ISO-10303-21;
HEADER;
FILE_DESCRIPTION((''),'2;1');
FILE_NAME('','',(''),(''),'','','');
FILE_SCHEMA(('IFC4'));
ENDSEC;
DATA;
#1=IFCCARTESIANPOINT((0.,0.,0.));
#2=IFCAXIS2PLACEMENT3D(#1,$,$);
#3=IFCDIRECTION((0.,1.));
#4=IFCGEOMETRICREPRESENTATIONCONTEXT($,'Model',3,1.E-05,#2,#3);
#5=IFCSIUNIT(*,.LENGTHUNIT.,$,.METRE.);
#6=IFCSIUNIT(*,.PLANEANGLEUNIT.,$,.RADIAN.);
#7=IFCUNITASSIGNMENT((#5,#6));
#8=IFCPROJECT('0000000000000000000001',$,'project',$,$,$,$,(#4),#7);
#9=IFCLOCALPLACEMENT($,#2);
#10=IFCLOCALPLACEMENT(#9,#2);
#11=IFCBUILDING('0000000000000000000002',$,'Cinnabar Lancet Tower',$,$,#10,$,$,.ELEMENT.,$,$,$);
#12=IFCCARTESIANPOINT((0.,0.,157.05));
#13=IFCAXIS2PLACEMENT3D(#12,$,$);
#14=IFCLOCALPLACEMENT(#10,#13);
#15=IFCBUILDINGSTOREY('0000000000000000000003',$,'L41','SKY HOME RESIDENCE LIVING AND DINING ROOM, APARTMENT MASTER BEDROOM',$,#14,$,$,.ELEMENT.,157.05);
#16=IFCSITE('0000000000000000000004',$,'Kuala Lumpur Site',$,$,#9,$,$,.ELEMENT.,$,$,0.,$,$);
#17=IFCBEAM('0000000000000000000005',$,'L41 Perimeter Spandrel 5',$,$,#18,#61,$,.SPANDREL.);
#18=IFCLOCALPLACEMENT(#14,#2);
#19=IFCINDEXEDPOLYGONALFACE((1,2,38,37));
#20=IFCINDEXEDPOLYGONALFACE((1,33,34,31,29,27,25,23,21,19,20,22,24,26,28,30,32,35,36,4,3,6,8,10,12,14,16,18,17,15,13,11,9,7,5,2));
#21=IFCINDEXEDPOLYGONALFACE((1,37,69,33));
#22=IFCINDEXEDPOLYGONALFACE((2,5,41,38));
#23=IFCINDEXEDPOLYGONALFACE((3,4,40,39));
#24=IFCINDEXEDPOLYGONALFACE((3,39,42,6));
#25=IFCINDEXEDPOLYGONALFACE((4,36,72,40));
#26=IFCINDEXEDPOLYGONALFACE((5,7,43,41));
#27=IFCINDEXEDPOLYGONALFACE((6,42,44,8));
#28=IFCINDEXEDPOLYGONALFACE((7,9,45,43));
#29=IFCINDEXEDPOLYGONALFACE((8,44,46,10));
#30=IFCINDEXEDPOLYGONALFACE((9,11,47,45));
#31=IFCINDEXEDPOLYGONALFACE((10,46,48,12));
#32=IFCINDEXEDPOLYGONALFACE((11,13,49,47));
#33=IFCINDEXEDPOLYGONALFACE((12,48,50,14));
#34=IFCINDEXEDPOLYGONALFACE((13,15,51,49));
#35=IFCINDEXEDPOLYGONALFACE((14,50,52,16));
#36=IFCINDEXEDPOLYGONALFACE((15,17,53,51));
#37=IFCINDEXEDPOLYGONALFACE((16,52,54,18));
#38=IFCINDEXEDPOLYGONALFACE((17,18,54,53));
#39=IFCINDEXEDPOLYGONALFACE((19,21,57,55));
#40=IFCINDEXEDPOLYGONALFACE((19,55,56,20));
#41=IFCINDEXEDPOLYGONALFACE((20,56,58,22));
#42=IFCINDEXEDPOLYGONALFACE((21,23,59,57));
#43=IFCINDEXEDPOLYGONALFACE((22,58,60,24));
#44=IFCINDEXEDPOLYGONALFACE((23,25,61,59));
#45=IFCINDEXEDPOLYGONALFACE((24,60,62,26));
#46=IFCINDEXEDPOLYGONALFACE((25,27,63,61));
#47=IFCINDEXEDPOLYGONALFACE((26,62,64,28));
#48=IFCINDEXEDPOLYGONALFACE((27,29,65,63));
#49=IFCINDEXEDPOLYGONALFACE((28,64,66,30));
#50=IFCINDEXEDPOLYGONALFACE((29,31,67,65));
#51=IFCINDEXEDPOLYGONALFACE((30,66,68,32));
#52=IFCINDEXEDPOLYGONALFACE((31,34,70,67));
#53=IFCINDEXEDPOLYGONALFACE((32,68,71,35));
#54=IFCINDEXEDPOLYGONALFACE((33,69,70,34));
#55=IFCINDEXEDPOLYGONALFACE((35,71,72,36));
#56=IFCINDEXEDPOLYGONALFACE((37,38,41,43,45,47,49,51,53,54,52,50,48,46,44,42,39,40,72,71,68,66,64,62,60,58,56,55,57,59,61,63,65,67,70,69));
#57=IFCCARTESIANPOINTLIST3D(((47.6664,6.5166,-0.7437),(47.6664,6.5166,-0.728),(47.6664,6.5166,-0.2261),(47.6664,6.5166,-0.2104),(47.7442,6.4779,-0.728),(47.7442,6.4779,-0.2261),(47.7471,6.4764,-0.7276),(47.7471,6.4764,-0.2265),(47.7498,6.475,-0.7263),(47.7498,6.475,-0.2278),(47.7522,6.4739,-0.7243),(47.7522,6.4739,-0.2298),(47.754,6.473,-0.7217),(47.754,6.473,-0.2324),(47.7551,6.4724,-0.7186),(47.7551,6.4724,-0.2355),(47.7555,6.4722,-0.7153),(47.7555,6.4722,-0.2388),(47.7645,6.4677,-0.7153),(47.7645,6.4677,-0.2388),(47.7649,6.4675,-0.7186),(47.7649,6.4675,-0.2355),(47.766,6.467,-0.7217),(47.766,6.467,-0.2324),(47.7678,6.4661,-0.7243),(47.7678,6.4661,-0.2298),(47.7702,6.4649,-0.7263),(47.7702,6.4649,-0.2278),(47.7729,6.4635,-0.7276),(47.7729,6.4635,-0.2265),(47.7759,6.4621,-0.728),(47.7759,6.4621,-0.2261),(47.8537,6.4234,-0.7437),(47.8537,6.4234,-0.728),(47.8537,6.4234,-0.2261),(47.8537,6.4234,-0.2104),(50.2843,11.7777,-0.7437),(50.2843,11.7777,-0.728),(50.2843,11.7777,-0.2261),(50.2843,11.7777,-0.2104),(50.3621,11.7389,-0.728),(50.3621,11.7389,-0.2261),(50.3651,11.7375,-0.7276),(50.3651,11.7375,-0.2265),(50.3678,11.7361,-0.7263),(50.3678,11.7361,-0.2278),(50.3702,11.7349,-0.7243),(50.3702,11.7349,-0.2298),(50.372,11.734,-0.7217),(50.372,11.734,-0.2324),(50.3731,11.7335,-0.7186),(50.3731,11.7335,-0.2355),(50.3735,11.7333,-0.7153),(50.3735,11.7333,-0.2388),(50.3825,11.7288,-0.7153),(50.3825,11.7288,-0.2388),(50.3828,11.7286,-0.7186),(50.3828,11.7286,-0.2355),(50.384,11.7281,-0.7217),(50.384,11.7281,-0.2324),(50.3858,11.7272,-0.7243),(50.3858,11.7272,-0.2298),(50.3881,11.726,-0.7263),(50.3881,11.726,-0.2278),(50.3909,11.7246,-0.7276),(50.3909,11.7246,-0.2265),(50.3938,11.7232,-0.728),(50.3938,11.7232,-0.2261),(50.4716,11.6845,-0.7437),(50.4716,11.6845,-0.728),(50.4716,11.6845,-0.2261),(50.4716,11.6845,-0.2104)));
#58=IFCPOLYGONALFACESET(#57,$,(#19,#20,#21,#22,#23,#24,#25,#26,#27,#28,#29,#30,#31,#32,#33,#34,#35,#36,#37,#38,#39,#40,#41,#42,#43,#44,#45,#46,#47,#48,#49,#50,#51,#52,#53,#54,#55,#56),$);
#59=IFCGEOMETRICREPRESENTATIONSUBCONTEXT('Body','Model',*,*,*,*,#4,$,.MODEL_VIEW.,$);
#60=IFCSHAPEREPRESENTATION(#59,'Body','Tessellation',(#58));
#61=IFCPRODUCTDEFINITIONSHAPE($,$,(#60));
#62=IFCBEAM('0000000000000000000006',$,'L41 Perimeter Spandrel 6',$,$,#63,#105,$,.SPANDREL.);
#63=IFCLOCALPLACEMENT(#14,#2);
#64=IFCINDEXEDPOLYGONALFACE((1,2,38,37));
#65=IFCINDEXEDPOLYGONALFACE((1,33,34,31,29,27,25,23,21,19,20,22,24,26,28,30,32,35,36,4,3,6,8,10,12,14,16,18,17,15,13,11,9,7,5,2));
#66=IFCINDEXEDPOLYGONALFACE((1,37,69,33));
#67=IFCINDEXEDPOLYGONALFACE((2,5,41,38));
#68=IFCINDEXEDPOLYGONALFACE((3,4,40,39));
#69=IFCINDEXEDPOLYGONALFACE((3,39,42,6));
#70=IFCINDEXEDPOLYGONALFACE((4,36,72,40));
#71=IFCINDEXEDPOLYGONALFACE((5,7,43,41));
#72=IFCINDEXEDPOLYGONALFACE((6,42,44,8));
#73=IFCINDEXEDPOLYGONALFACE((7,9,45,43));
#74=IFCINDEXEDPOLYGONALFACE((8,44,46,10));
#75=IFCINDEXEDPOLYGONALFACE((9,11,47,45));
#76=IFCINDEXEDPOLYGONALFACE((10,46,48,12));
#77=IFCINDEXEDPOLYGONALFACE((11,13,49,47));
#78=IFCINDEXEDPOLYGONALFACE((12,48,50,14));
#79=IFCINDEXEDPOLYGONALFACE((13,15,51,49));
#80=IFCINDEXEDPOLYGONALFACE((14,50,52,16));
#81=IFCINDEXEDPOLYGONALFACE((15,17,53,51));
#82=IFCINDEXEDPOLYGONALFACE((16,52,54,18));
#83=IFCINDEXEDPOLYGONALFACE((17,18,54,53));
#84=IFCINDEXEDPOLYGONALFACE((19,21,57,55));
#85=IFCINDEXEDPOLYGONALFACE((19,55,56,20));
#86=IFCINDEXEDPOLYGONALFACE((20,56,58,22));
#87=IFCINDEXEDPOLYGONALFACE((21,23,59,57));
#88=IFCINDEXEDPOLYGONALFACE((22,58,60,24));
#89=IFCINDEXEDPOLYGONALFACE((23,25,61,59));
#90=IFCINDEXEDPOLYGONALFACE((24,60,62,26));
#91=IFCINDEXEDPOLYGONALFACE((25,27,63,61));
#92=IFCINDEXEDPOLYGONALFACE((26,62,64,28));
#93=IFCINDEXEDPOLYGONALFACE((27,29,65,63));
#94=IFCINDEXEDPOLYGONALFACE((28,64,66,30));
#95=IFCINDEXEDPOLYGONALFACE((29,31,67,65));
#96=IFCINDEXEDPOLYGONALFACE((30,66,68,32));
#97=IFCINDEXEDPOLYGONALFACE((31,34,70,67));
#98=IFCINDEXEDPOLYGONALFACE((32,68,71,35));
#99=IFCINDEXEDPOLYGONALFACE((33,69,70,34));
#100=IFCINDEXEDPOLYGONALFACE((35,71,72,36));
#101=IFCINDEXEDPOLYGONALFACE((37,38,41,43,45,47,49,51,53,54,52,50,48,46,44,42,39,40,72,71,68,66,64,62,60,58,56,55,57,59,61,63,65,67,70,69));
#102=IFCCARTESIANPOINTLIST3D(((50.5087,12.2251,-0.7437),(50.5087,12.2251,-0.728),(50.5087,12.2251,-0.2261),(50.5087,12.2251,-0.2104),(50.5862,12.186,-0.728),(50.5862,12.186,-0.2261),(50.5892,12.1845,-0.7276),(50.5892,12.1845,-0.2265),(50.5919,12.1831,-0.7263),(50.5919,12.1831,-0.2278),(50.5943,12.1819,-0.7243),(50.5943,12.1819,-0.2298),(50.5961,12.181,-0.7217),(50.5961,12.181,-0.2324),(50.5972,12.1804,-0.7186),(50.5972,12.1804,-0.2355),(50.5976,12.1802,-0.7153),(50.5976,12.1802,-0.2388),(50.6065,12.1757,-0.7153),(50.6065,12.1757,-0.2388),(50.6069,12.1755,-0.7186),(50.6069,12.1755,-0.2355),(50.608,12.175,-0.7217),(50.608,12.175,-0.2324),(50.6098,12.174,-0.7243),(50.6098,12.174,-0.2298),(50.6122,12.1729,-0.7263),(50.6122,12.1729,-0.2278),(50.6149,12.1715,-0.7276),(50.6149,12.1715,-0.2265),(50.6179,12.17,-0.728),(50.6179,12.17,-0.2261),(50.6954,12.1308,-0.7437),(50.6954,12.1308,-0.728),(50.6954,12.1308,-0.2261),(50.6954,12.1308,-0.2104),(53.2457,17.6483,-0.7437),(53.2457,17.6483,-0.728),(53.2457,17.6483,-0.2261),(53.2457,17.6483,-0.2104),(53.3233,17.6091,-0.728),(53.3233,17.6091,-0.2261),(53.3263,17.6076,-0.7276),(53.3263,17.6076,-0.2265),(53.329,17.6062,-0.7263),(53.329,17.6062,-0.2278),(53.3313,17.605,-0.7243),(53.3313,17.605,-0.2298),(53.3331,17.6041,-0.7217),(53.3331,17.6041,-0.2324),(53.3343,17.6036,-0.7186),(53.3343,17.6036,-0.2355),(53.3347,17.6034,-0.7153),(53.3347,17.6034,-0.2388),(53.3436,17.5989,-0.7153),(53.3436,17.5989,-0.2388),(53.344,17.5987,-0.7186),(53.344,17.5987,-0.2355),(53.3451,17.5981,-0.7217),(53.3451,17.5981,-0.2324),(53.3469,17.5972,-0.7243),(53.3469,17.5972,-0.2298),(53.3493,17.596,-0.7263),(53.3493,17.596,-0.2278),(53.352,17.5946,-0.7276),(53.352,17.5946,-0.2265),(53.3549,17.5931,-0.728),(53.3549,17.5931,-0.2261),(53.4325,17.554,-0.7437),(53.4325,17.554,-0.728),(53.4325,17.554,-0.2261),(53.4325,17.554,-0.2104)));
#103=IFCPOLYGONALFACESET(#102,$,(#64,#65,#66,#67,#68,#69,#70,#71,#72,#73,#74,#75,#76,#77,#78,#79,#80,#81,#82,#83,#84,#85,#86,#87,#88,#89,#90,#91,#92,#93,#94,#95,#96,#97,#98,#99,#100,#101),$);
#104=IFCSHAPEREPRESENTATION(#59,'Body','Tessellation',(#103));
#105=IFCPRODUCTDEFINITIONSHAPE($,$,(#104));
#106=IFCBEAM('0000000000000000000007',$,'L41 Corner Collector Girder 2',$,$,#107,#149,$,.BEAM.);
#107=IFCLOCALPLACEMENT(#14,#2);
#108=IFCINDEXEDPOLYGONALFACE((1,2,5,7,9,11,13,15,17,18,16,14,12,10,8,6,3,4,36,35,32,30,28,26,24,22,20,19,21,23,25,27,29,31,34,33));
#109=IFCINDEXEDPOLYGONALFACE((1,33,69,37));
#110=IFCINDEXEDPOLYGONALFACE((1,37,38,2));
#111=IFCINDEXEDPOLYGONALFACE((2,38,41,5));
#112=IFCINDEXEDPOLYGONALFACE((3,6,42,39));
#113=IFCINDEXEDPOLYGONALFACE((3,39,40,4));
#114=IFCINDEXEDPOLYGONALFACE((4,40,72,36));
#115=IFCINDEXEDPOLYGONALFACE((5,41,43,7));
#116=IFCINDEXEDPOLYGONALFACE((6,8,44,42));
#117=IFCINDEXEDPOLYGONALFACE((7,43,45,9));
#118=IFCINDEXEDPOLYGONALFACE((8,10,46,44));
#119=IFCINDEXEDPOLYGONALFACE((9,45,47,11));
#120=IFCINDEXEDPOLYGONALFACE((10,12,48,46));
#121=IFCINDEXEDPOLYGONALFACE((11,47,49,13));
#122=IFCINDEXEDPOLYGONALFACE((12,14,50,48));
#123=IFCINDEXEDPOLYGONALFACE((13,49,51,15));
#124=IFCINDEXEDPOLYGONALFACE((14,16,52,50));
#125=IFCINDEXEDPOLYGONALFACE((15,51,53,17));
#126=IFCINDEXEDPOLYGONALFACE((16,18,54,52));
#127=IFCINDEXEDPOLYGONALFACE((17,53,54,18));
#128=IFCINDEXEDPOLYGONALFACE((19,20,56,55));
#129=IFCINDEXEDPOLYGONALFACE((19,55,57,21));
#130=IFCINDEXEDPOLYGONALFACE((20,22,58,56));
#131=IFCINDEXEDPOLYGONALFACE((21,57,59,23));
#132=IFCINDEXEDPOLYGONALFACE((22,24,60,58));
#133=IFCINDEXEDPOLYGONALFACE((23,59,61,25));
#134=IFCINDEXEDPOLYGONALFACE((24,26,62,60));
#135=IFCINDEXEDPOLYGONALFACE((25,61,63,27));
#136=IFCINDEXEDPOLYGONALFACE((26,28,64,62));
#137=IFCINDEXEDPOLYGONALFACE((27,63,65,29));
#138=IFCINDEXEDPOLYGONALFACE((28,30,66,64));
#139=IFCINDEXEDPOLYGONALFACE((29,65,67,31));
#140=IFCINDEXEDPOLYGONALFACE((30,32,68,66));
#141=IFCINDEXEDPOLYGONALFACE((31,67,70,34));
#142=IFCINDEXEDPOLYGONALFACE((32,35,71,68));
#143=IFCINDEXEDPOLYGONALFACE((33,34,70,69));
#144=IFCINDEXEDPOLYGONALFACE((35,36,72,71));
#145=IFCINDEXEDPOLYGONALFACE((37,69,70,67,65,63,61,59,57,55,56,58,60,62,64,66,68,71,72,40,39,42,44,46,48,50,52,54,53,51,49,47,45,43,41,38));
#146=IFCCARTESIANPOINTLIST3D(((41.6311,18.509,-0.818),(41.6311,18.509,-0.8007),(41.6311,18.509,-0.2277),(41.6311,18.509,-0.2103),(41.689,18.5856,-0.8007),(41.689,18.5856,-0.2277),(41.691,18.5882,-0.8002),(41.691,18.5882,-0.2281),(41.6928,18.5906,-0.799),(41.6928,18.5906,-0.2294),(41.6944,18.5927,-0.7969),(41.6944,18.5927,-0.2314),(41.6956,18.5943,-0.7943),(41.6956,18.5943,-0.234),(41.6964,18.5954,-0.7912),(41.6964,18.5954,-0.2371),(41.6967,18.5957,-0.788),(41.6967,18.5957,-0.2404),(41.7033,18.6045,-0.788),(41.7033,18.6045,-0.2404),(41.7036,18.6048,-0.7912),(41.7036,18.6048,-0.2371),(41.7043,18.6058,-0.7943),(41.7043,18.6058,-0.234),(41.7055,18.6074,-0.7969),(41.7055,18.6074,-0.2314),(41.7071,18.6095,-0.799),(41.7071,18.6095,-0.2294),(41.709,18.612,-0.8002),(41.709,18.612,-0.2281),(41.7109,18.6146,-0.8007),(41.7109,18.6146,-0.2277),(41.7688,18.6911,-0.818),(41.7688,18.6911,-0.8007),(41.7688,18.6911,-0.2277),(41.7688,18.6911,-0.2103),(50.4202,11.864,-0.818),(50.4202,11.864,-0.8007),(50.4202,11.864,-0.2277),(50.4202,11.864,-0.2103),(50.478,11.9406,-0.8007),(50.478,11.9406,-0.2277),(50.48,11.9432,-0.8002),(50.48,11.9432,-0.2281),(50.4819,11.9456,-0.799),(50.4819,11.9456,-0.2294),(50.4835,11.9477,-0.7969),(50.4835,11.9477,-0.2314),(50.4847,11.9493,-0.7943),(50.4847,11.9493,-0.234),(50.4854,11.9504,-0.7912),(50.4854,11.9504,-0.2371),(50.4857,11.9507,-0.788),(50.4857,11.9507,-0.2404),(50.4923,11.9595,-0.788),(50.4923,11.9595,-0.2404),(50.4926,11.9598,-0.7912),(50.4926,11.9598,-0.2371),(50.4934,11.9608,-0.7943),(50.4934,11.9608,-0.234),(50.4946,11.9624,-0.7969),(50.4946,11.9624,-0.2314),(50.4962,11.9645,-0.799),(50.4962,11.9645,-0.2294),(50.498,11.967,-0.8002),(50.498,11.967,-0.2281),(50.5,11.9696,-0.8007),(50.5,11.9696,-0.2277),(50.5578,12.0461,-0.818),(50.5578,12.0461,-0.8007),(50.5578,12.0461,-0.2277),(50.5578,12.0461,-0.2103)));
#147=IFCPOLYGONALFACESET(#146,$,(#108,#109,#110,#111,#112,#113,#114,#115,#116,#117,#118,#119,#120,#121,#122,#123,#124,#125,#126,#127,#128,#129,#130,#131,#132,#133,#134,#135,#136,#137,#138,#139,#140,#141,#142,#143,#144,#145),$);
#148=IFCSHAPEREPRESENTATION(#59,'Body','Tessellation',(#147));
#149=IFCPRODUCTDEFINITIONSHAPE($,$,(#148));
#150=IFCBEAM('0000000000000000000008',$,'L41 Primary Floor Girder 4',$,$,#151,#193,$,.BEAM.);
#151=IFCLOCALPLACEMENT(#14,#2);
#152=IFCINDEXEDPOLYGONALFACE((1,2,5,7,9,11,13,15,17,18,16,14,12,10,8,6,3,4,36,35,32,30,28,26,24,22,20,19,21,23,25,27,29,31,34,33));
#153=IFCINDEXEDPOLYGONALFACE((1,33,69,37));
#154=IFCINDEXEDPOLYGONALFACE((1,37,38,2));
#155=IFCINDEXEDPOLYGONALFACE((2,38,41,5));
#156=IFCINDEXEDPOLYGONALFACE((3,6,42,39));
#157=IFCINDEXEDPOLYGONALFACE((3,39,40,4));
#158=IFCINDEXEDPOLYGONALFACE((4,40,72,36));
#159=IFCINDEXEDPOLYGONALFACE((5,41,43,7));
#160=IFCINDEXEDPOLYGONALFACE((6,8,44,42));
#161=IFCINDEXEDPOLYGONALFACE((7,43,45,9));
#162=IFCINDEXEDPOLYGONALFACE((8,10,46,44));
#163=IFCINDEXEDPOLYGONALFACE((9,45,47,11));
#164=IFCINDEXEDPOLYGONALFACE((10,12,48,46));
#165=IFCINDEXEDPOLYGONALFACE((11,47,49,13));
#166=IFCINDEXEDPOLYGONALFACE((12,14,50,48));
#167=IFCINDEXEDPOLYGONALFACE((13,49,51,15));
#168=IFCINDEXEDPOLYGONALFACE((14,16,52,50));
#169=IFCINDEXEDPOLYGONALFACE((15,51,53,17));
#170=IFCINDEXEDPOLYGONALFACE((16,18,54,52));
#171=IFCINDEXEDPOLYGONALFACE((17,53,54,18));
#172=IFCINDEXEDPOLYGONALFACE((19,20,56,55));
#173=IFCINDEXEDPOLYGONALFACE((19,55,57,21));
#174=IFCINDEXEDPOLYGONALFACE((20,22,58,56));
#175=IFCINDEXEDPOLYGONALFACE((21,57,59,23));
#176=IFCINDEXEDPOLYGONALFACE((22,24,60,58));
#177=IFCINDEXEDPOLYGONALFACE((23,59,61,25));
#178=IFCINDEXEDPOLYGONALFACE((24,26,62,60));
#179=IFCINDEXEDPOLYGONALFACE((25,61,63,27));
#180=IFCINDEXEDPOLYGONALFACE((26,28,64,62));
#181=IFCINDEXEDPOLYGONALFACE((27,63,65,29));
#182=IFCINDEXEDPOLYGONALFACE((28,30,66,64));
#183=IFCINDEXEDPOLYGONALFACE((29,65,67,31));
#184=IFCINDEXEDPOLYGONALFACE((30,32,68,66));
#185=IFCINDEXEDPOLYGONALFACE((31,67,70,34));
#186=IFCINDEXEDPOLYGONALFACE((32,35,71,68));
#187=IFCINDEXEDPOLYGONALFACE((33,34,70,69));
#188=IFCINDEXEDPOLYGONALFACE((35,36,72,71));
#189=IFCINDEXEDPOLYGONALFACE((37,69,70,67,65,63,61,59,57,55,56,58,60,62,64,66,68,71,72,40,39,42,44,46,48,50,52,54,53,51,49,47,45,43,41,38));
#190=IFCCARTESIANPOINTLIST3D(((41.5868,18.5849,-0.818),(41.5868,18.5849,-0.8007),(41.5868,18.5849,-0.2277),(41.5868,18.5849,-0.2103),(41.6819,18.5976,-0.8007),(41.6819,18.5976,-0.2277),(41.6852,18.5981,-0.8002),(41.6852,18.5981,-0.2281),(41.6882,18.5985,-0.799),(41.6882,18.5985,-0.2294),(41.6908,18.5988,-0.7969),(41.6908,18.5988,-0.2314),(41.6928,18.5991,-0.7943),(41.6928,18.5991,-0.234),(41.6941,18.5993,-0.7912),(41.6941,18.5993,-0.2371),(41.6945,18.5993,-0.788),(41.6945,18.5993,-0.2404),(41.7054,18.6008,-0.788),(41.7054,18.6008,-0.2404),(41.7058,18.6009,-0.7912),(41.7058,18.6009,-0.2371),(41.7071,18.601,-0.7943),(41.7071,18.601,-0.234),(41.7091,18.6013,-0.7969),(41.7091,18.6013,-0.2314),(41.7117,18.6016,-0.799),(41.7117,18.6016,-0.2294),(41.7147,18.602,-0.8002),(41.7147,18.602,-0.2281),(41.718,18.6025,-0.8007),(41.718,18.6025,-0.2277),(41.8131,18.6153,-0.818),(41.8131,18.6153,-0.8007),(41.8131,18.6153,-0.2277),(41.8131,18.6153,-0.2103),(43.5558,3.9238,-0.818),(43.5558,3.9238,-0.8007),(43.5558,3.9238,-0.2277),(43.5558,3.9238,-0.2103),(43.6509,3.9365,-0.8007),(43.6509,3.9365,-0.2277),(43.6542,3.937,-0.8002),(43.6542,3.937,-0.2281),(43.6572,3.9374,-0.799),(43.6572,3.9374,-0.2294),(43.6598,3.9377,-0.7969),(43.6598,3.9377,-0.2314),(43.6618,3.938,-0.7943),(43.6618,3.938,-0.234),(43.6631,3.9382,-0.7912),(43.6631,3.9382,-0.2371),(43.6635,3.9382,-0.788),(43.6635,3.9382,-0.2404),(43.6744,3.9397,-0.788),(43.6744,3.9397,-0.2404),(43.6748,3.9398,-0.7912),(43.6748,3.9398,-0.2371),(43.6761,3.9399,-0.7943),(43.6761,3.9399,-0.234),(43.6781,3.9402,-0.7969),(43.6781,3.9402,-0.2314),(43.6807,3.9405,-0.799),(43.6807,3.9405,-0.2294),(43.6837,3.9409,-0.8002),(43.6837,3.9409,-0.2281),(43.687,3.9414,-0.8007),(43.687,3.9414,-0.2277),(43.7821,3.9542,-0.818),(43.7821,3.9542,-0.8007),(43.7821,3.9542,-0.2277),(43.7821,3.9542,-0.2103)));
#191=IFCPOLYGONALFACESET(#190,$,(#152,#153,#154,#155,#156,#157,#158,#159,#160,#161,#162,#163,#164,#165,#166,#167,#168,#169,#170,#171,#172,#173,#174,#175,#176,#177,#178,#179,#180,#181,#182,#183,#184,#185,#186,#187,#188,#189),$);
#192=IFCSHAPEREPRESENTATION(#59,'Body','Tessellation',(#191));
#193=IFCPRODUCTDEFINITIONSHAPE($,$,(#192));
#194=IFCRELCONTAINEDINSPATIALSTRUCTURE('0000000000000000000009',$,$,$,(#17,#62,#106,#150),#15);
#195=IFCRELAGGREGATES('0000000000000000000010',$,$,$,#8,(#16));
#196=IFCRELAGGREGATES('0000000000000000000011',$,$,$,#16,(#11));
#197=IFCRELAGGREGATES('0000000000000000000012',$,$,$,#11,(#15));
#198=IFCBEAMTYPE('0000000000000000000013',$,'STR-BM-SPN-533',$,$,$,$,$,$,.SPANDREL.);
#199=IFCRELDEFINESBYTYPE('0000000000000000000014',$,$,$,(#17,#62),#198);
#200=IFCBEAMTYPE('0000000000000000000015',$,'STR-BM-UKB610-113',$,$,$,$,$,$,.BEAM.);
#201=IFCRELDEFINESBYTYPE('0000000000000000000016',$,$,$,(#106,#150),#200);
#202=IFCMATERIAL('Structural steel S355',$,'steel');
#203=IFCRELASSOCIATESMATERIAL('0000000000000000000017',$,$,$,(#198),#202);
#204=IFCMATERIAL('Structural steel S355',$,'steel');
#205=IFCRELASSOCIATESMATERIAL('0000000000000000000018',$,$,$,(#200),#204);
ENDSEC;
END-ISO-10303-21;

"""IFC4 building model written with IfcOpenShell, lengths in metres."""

from ifc_helpers import new_model, si_unit, direction, frame, origin, origin_2d, place, context, subcontext, project, spatial, i_section, extrude, material, material_profile, profile_set, type_object, element, save


model = new_model("IFC4")

# Units and contexts
model_context = context("Model", 3, precision=1e-05, world=origin(), true_north=direction((0.0, 1.0)))
body_context = subcontext(model_context, "Body", "Model", "MODEL_VIEW")
ifc_project = project(units=[si_unit("LENGTHUNIT", "METRE"), si_unit("PLANEANGLEUNIT", "RADIAN")], contexts=[model_context])

# Site, building, storey
site_placement = place(None, origin())
site = spatial("IfcSite", under=ifc_project, at=site_placement, Name="Kuala Lumpur Site", CompositionType="ELEMENT", RefElevation=0.0)
building_placement = place(site_placement, origin())
building = spatial("IfcBuilding", under=site, at=building_placement, Name="Cinnabar Lancet Tower", CompositionType="ELEMENT")
storey_placement = place(building_placement, frame((0.0, 0.0, 157.05)))
storey = spatial("IfcBuildingStorey", under=building, at=storey_placement, Name="L41", Description="SKY HOME RESIDENCE LIVING AND DINING ROOM, APARTMENT MASTER BEDROOM", CompositionType="ELEMENT", Elevation=157.05)

# Beams
ifc_material_1 = material(Name="Structural steel S355", Category="steel")
ifc_material_profile_1 = material_profile(ifc_material_1, i_section(OverallWidth=0.2092, OverallDepth=0.5332, WebThickness=0.01, FlangeThickness=0.0156, FilletRadius=0.0127, at=origin_2d()), Name="UKB 533x210x92")
ifc_profile_set_1 = profile_set([ifc_material_profile_1], Name="Structural steel S355")
beam_type_1 = type_object("IfcBeamType", Name="STR-BM-SPN-533", PredefinedType="SPANDREL", material=ifc_profile_set_1)
beam_1_placement = place(storey_placement, frame((47.76, 6.47, -0.4771), z_axis=(0.445501, 0.895281, 0.0), x_axis=(-0.895281, 0.445501, 0.0)))
element("IfcBeam", 1, at=beam_1_placement, inside=storey, type_object=beam_type_1, Name="L41 Perimeter Spandrel 5", PredefinedType="SPANDREL", context=body_context, shape_type="SweptSolid", body=[
    extrude(i_section(OverallWidth=0.2092, OverallDepth=0.5332, WebThickness=0.01, FlangeThickness=0.0156, FilletRadius=0.0127, at=origin_2d()), origin(), (0.0, 0.0, 1.0), 5.8765),
])
beam_2_placement = place(storey_placement, frame((50.6021, 12.178, -0.4771), z_axis=(0.45057, 0.892741, 0.0), x_axis=(-0.892741, 0.45057, 0.0)))
element("IfcBeam", 2, at=beam_2_placement, inside=storey, type_object=beam_type_1, Name="L41 Perimeter Spandrel 6", PredefinedType="SPANDREL", context=body_context, shape_type="SweptSolid", body=[
    extrude(i_section(OverallWidth=0.2092, OverallDepth=0.5332, WebThickness=0.01, FlangeThickness=0.0156, FilletRadius=0.0127, at=origin_2d()), origin(), (0.0, 0.0, 1.0), 6.0747),
])
ifc_material_2 = material(Name="Structural steel S355", Category="steel")
ifc_material_profile_2 = material_profile(ifc_material_2, i_section(OverallWidth=0.2283, OverallDepth=0.6077, WebThickness=0.011, FlangeThickness=0.0173, FilletRadius=0.0127, at=origin_2d()), Name="UKB 610x229x113")
ifc_profile_set_2 = profile_set([ifc_material_profile_2], Name="Structural steel S355")
beam_type_2 = type_object("IfcBeamType", Name="STR-BM-UKB610-113", PredefinedType="BEAM", material=ifc_profile_set_2)
beam_3_placement = place(storey_placement, frame((50.489, 11.9551, -0.5142), z_axis=(-0.797675, 0.603087, 0.0), x_axis=(-0.603087, -0.797675, 0.0)))
element("IfcBeam", 3, at=beam_3_placement, inside=storey, type_object=beam_type_2, Name="L41 Corner Collector Girder 2", PredefinedType="BEAM", context=body_context, shape_type="SweptSolid", body=[
    extrude(i_section(OverallWidth=0.2283, OverallDepth=0.6077, WebThickness=0.011, FlangeThickness=0.0173, FilletRadius=0.0127, at=origin_2d()), origin(), (0.0, 0.0, 1.0), 11.0183),
])
beam_4_placement = place(storey_placement, frame((43.6689, 3.939, -0.5142), z_axis=(-0.133105, 0.991102, 0.0), x_axis=(-0.991102, -0.133105, 0.0)))
element("IfcBeam", 4, at=beam_4_placement, inside=storey, type_object=beam_type_2, Name="L41 Primary Floor Girder 4", PredefinedType="BEAM", context=body_context, shape_type="SweptSolid", body=[
    extrude(i_section(OverallWidth=0.2283, OverallDepth=0.6077, WebThickness=0.011, FlangeThickness=0.0173, FilletRadius=0.0127, at=origin_2d()), origin(), (0.0, 0.0, 1.0), 14.7927),
])

save(model, "model.ifc")
